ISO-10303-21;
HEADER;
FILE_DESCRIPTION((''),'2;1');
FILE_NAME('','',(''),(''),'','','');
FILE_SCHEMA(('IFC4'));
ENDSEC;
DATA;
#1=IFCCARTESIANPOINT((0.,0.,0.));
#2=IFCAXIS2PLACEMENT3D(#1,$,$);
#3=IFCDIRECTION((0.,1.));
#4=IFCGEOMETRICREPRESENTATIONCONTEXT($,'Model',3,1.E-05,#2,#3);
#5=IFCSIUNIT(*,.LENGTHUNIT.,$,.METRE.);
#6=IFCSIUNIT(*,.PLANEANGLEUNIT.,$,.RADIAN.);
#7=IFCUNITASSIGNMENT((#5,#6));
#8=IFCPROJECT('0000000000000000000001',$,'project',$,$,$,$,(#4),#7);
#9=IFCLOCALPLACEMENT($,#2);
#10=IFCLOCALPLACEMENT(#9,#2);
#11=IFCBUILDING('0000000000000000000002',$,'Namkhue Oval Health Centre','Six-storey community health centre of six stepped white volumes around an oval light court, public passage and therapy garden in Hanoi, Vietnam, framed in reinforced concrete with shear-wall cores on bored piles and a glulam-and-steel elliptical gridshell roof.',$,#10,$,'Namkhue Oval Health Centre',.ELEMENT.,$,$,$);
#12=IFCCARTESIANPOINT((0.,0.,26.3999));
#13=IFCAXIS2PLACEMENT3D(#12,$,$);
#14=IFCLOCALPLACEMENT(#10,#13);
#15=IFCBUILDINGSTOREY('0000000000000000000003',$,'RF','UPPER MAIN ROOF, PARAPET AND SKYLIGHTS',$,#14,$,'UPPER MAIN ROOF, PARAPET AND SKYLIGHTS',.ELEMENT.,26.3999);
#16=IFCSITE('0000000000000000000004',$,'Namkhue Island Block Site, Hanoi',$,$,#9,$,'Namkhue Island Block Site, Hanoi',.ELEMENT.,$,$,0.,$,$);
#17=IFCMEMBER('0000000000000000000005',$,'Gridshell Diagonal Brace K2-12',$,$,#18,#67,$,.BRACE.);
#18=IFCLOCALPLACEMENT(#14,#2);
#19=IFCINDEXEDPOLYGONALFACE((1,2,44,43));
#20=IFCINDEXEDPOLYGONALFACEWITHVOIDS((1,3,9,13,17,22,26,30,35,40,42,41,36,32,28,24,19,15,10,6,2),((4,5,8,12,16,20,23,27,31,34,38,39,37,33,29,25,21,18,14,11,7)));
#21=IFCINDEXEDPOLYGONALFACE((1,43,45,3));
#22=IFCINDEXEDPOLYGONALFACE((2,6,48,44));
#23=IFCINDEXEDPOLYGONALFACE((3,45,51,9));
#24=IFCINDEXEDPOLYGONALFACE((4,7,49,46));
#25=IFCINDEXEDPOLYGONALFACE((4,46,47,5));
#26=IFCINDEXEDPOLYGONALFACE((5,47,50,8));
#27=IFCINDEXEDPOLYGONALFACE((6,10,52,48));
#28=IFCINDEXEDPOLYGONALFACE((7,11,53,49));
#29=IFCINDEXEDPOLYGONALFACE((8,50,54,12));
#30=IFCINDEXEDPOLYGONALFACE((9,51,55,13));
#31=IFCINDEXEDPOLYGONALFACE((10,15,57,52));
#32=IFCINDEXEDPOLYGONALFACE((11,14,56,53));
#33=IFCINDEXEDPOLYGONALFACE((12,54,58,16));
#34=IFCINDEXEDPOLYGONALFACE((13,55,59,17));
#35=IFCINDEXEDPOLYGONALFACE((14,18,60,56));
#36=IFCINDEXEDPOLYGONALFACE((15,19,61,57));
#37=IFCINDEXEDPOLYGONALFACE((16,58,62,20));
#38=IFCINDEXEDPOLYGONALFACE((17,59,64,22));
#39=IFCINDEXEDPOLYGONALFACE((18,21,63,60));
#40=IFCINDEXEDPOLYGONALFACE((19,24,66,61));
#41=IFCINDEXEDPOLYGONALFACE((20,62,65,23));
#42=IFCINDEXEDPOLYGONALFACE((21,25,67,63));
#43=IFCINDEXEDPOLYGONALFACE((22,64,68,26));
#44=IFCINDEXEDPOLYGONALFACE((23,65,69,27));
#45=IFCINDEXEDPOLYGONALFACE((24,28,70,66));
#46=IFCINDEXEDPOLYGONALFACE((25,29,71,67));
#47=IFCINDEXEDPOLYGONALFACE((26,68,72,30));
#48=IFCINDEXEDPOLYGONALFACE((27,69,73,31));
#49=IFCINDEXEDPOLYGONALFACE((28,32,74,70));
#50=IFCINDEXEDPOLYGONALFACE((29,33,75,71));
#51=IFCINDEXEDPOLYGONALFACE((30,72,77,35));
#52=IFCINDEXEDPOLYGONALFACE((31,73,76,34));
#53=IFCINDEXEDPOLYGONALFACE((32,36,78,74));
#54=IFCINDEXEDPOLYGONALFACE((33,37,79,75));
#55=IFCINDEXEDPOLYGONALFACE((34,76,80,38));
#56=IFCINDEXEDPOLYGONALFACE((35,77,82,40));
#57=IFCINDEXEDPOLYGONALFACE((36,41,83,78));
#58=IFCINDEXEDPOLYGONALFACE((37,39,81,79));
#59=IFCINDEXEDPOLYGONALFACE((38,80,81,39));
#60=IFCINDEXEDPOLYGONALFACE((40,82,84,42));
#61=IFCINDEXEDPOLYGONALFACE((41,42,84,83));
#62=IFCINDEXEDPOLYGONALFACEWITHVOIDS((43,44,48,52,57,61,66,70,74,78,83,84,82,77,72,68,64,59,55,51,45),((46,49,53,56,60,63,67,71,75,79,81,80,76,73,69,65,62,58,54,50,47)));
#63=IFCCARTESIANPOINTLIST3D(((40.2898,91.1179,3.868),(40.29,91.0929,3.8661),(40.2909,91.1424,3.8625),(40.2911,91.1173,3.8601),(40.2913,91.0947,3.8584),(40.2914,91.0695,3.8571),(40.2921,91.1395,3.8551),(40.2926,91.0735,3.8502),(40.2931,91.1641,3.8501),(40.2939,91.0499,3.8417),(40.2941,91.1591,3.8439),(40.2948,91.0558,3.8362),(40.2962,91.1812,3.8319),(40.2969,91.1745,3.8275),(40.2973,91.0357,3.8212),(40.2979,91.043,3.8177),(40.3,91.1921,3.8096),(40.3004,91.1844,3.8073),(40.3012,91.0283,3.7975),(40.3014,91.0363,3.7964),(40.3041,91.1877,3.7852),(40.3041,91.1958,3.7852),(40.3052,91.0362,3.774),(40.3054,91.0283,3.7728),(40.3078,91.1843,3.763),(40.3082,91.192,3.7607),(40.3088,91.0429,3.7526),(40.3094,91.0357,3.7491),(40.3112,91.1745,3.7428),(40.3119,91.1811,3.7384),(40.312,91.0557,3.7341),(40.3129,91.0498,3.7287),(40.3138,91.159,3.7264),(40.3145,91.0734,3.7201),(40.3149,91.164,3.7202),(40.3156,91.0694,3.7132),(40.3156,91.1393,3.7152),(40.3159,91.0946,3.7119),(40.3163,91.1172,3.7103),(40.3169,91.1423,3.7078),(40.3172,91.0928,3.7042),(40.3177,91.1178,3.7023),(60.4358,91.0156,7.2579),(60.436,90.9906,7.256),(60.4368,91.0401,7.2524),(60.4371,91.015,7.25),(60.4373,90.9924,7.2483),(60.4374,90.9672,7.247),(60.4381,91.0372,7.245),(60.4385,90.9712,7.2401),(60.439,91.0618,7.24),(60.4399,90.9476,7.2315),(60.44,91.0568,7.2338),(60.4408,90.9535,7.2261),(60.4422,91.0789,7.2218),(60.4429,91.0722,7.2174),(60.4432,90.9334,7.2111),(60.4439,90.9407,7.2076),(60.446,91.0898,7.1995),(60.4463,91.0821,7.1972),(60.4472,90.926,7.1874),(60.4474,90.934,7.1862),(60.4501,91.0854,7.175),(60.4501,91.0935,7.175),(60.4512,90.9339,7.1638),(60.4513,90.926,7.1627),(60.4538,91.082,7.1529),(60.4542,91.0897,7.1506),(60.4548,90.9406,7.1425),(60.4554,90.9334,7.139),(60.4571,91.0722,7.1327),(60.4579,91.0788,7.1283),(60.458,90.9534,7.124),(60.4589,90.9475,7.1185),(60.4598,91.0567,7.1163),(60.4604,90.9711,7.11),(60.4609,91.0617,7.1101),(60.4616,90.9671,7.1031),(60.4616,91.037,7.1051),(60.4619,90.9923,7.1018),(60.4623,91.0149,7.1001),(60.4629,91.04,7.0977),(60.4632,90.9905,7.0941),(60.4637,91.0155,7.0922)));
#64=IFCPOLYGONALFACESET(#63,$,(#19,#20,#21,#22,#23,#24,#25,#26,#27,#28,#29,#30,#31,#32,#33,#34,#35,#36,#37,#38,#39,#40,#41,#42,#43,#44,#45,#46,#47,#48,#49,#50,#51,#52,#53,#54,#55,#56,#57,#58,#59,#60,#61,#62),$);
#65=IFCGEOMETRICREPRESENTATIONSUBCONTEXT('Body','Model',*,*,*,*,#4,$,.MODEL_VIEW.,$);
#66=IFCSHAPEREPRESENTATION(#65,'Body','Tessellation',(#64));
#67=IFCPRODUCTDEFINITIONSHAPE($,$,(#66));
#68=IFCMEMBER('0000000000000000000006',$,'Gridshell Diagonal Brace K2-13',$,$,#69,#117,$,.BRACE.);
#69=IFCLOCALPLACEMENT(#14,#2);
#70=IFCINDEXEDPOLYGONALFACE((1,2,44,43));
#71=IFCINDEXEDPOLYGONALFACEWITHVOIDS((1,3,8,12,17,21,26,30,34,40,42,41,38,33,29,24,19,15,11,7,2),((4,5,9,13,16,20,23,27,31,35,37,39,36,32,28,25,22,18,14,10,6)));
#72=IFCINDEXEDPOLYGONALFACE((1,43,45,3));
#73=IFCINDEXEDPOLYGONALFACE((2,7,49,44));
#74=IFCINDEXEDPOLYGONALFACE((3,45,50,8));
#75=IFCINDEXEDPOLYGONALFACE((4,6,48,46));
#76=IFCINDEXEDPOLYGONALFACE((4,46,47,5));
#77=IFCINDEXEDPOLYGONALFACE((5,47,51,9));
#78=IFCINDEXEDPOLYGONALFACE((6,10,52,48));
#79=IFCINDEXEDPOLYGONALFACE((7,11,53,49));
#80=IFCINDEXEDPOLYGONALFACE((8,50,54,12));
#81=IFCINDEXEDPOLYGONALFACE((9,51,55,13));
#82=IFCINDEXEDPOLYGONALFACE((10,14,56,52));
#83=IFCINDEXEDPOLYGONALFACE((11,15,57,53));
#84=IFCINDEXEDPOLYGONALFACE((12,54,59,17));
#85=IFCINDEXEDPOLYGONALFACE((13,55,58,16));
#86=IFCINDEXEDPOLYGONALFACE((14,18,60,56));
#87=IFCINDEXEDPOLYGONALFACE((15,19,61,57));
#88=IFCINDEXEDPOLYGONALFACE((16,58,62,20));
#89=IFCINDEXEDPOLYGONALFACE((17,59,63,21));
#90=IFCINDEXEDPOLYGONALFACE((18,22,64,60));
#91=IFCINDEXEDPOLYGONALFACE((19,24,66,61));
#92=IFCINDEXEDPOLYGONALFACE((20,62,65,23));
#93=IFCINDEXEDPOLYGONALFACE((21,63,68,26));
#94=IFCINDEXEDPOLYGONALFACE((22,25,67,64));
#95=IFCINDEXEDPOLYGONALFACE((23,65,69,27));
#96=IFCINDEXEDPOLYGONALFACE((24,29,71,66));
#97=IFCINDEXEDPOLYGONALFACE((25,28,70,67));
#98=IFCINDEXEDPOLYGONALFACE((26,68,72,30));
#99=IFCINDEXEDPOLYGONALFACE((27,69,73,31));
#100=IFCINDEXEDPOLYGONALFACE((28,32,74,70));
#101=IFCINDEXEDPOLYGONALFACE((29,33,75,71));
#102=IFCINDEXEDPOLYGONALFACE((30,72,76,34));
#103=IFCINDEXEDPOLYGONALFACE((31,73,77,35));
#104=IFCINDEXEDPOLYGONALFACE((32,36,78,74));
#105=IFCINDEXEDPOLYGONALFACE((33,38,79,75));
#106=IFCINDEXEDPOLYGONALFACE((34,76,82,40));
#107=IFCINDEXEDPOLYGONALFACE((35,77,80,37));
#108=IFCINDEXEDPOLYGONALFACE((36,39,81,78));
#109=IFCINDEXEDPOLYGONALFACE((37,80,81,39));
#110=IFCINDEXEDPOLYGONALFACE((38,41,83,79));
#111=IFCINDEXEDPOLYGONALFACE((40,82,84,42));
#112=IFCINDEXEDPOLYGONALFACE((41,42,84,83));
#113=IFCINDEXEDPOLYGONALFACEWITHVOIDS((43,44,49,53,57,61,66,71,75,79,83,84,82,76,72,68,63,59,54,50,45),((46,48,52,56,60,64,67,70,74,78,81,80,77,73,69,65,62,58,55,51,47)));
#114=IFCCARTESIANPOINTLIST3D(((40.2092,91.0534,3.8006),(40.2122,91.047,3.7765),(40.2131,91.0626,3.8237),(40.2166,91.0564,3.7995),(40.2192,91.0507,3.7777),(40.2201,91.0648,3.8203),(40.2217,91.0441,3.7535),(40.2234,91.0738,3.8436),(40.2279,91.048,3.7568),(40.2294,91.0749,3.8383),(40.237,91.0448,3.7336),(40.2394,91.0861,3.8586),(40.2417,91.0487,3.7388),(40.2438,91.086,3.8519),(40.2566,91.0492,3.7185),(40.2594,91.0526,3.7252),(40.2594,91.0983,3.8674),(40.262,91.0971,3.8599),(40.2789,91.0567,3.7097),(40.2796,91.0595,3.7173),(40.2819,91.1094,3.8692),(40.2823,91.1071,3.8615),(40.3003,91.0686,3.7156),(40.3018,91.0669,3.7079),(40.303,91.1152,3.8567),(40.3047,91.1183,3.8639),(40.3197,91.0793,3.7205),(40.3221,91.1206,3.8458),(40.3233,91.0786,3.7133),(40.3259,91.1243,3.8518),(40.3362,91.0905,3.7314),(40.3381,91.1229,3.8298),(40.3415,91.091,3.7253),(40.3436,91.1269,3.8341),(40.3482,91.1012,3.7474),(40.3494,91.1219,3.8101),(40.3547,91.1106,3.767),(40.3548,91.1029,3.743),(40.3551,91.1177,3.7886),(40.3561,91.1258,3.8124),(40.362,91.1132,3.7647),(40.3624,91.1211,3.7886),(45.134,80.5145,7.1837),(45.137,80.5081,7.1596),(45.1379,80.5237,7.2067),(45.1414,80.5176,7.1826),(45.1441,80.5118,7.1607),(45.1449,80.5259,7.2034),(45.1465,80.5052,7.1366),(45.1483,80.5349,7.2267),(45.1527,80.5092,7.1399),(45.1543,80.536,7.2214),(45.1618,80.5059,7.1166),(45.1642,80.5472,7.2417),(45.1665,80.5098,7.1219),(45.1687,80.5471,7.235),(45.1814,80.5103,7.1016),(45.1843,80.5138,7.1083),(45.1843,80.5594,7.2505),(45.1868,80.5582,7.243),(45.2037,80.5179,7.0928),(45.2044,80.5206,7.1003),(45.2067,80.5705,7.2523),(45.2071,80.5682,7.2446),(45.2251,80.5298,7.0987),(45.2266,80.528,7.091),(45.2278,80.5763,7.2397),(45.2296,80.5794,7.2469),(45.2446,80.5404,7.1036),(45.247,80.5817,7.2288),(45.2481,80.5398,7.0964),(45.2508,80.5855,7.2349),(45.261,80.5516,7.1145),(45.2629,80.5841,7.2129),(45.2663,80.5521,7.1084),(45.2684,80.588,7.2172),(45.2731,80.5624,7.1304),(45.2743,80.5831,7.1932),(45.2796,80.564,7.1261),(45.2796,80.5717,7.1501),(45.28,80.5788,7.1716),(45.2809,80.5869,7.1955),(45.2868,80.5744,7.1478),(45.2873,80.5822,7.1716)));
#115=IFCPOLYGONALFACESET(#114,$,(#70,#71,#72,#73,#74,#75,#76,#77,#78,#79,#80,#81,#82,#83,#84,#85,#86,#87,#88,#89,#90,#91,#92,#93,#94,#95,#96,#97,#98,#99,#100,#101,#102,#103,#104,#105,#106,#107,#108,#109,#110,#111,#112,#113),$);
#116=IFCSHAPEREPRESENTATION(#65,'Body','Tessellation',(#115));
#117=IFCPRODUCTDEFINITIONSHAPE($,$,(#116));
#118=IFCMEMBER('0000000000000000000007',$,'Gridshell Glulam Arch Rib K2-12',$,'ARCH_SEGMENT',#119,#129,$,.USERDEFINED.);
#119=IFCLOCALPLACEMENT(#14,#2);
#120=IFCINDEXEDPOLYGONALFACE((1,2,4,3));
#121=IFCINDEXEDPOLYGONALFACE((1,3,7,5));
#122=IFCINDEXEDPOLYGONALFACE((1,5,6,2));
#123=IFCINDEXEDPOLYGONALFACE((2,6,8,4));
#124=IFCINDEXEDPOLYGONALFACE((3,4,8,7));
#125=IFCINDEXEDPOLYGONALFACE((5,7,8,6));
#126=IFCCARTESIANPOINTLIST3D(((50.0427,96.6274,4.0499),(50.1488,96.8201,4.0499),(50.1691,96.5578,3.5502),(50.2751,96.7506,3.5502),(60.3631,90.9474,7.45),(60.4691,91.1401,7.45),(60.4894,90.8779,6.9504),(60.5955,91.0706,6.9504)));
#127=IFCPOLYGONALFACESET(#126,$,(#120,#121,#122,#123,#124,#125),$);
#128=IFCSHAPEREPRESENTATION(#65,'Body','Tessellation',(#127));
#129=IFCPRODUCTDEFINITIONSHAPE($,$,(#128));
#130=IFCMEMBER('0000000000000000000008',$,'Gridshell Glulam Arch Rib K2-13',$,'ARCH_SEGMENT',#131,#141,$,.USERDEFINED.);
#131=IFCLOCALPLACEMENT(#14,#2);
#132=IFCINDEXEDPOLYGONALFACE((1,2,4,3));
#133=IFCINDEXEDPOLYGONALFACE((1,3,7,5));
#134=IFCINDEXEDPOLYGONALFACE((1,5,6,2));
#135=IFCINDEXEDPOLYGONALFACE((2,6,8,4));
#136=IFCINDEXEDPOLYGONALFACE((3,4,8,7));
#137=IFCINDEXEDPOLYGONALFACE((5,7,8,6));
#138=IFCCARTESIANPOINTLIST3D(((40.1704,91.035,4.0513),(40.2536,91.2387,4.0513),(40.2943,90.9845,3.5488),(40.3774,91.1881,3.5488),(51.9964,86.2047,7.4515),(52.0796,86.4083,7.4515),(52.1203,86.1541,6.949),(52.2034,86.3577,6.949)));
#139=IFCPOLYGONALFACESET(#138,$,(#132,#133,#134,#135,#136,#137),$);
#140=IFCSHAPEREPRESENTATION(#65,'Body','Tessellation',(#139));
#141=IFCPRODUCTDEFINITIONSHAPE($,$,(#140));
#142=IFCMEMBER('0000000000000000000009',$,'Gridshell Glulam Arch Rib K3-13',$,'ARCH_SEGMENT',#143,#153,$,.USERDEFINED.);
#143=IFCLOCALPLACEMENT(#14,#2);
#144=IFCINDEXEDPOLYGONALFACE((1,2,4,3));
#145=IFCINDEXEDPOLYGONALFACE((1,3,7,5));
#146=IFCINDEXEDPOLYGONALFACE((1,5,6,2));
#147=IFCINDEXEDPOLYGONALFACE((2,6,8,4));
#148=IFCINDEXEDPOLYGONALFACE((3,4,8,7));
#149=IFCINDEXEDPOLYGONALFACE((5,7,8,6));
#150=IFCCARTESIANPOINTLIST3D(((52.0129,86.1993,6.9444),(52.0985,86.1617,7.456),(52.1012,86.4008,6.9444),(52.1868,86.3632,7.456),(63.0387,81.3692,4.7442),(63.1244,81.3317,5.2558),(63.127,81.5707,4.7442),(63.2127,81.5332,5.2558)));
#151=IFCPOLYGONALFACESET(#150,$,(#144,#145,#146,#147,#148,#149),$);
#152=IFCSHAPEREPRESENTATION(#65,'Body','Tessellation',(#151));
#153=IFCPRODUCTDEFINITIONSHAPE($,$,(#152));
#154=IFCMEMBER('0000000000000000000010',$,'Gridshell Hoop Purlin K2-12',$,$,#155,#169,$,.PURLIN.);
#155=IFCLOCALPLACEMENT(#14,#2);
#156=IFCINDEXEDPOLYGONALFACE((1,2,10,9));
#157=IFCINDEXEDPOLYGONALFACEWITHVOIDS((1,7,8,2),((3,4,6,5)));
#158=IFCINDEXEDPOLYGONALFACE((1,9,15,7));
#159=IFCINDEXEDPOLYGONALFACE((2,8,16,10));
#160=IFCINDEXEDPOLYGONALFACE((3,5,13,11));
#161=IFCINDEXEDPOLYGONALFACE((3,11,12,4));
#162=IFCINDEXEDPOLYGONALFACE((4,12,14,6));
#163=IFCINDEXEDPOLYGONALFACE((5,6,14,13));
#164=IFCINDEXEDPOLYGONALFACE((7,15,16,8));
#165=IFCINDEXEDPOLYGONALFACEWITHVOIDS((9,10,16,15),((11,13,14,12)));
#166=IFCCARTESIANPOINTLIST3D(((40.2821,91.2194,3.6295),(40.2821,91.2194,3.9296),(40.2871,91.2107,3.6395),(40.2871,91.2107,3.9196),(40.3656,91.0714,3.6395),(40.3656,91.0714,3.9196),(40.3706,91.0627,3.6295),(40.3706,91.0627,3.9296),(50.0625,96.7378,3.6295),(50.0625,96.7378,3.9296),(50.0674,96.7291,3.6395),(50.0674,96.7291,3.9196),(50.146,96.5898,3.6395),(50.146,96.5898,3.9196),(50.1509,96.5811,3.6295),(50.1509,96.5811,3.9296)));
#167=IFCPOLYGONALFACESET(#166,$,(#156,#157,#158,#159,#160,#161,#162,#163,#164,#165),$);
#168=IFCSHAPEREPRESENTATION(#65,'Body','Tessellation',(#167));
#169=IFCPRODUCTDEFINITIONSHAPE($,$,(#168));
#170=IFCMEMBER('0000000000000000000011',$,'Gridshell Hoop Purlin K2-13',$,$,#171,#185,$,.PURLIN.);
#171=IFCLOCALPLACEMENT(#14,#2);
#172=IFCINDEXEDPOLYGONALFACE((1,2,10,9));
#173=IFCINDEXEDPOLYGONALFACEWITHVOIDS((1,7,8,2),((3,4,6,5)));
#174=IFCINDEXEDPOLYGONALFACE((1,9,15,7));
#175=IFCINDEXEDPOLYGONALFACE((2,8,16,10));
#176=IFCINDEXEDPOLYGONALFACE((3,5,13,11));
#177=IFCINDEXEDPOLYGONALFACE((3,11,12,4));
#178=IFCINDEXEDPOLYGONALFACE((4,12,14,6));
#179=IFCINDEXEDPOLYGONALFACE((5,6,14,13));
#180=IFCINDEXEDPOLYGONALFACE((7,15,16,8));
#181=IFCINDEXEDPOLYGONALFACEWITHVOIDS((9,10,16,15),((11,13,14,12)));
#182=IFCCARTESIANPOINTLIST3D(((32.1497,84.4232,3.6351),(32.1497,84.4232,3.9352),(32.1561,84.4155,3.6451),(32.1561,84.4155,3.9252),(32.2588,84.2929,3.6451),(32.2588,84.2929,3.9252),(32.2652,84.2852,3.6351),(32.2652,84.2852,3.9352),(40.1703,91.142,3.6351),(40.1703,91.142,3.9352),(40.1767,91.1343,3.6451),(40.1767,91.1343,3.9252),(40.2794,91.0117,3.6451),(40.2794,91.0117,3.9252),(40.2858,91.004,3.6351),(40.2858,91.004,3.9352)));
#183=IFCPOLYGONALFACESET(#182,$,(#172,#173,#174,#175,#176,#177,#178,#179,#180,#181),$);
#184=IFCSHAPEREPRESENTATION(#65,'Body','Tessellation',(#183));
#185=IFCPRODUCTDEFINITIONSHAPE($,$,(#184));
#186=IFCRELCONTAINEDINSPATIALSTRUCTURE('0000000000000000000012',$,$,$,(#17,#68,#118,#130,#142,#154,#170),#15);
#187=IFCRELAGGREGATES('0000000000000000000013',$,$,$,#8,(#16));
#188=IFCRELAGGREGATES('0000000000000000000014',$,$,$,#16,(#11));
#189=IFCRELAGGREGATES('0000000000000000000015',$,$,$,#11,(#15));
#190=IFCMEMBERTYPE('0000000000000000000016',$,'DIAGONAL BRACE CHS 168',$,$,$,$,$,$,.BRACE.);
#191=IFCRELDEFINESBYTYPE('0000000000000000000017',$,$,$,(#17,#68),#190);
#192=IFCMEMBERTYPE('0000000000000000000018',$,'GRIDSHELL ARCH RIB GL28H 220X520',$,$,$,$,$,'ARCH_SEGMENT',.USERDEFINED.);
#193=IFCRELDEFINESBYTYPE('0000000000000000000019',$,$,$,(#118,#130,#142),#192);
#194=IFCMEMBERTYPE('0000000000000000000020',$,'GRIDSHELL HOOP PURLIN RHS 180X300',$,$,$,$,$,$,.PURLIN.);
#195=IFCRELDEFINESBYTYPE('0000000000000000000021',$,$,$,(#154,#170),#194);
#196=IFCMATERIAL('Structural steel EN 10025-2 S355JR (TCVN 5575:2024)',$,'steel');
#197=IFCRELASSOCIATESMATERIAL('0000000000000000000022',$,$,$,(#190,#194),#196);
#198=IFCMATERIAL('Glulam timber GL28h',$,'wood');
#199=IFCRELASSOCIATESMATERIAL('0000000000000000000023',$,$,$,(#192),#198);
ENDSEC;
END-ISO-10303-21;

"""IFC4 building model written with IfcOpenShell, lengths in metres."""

from ifc_helpers import new_model, si_unit, direction, frame, origin, origin_2d, place, context, subcontext, project, spatial, rectangle, hollow_rectangle, hollow_circle, extrude, material, material_profile, profile_set, type_object, element, save


model = new_model("IFC4")

# Units and contexts
model_context = context("Model", 3, precision=1e-05, world=origin(), true_north=direction((0.0, 1.0)))
body_context = subcontext(model_context, "Body", "Model", "MODEL_VIEW")
ifc_project = project(units=[si_unit("LENGTHUNIT", "METRE"), si_unit("PLANEANGLEUNIT", "RADIAN")], contexts=[model_context])

# Site, building, storey
site_placement = place(None, origin())
site = spatial("IfcSite", under=ifc_project, at=site_placement, Name="Namkhue Island Block Site, Hanoi", LongName="Namkhue Island Block Site, Hanoi", CompositionType="ELEMENT", RefElevation=0.0)
building_placement = place(site_placement, origin())
building = spatial("IfcBuilding", under=site, at=building_placement, Name="Namkhue Oval Health Centre", Description="Six-storey community health centre of six stepped white volumes around an oval light court, public passage and therapy garden in Hanoi, Vietnam, framed in reinforced concrete with shear-wall cores on bored piles and a glulam-and-steel elliptical gridshell roof.", LongName="Namkhue Oval Health Centre", CompositionType="ELEMENT")
storey_placement = place(building_placement, frame((0.0, 0.0, 26.3999)))
storey = spatial("IfcBuildingStorey", under=building, at=storey_placement, Name="RF", Description="UPPER MAIN ROOF, PARAPET AND SKYLIGHTS", LongName="UPPER MAIN ROOF, PARAPET AND SKYLIGHTS", CompositionType="ELEMENT", Elevation=26.3999)

# Members
ifc_material_1 = material(Name="Structural steel EN 10025-2 S355JR (TCVN 5575:2024)", Category="steel")
ifc_material_profile_1 = material_profile(ifc_material_1, hollow_circle(Radius=0.0842, WallThickness=0.0081, at=origin_2d()), Name="CHS 168.3x8")
ifc_profile_set_1 = profile_set([ifc_material_profile_1], Name="Structural steel EN 10025-2 S355JR (TCVN 5575:2024)")
member_type_1 = type_object("IfcMemberType", Name="DIAGONAL BRACE CHS 168", PredefinedType="BRACE", material=ifc_profile_set_1)
member_1_placement = place(storey_placement, frame((40.3037, 91.1116, 3.7852), z_axis=(0.986125, -0.005007, 0.165932), x_axis=(0.005078, 0.999987, 0.0)))
element("IfcMember", 1, at=member_1_placement, inside=storey, type_object=member_type_1, Name="Gridshell Diagonal Brace K2-12", PredefinedType="BRACE", context=body_context, shape_type="SweptSolid", body=[
    extrude(hollow_circle(Radius=0.0842, WallThickness=0.0081, at=origin_2d()), origin(), (0.0, 0.0, 1.0), 20.4294),
])
member_2_placement = place(storey_placement, frame((40.2861, 91.0854, 3.7886), z_axis=(0.406515, -0.869921, 0.279253), x_axis=(0.905963, 0.423358, 0.0)))
element("IfcMember", 2, at=member_2_placement, inside=storey, type_object=member_type_1, Name="Gridshell Diagonal Brace K2-13", PredefinedType="BRACE", context=body_context, shape_type="SweptSolid", body=[
    extrude(hollow_circle(Radius=0.0842, WallThickness=0.0081, at=origin_2d()), origin(), (0.0, 0.0, 1.0), 12.1147),
])
ifc_material_2 = material(Name="Glulam timber GL28h", Category="wood")
ifc_material_profile_2 = material_profile(ifc_material_2, rectangle(XDim=0.22, YDim=0.52, at=origin_2d()), Name="GL28h 220x520")
ifc_profile_set_2 = profile_set([ifc_material_profile_2], Name="Glulam timber GL28h")
member_type_2 = type_object("IfcMemberType", Name="GRIDSHELL ARCH RIB GL28H 220X520", ElementType="ARCH_SEGMENT", PredefinedType="USERDEFINED", material=ifc_profile_set_2)
member_3_placement = place(storey_placement, frame((50.1589, 96.689, 3.8), z_axis=(0.84172, -0.463253, 0.277315), x_axis=(0.482164, 0.876081, 0.0)))
element("IfcMember", 3, at=member_3_placement, inside=storey, type_object=member_type_2, Name="Gridshell Glulam Arch Rib K2-12", ObjectType="ARCH_SEGMENT", PredefinedType="USERDEFINED", context=body_context, shape_type="SweptSolid", body=[
    extrude(rectangle(XDim=0.22, YDim=0.52, at=origin_2d()), origin(), (0.0, 0.0, 1.0), 12.261),
])
member_4_placement = place(storey_placement, frame((40.2739, 91.1116, 3.8), z_axis=(0.894607, -0.365404, 0.257214), x_axis=(0.378126, 0.925754, 0.0)))
element("IfcMember", 4, at=member_4_placement, inside=storey, type_object=member_type_2, Name="Gridshell Glulam Arch Rib K2-13", ObjectType="ARCH_SEGMENT", PredefinedType="USERDEFINED", context=body_context, shape_type="SweptSolid", body=[
    extrude(rectangle(XDim=0.22, YDim=0.52, at=origin_2d()), origin(), (0.0, 0.0, 1.0), 13.2192),
])
member_5_placement = place(storey_placement, frame((52.0999, 86.2812, 7.2002), z_axis=(0.901039, -0.394716, -0.179801), x_axis=(0.401255, 0.915966, 0.0)))
element("IfcMember", 5, at=member_5_placement, inside=storey, type_object=member_type_2, Name="Gridshell Glulam Arch Rib K3-13", ObjectType="ARCH_SEGMENT", PredefinedType="USERDEFINED", context=body_context, shape_type="SweptSolid", body=[
    extrude(rectangle(XDim=0.22, YDim=0.52, at=origin_2d()), origin(), (0.0, 0.0, 1.0), 12.2368),
])
ifc_material_profile_3 = material_profile(ifc_material_1, hollow_rectangle(XDim=0.1799, YDim=0.3, WallThickness=0.01, at=origin_2d()), Name="RHS 180x300x10")
ifc_profile_set_3 = profile_set([ifc_material_profile_3], Name="Structural steel EN 10025-2 S355JR (TCVN 5575:2024)")
member_type_3 = type_object("IfcMemberType", Name="GRIDSHELL HOOP PURLIN RHS 180X300", PredefinedType="PURLIN", material=ifc_profile_set_3)
member_6_placement = place(storey_placement, frame((50.1067, 96.6594, 3.7795), z_axis=(-0.870931, -0.491404, 0.0), x_axis=(0.491404, -0.870931, 0.0)))
element("IfcMember", 6, at=member_6_placement, inside=storey, type_object=member_type_3, Name="Gridshell Hoop Purlin K2-12", PredefinedType="PURLIN", context=body_context, shape_type="SweptSolid", body=[
    extrude(hollow_rectangle(XDim=0.1799, YDim=0.3, WallThickness=0.01, at=origin_2d()), origin(), (0.0, 0.0, 1.0), 11.2297),
])
member_7_placement = place(storey_placement, frame((40.228, 91.073, 3.7852), z_axis=(-0.766574, -0.642156, 0.0), x_axis=(0.642156, -0.766574, 0.0)))
element("IfcMember", 7, at=member_7_placement, inside=storey, type_object=member_type_3, Name="Gridshell Hoop Purlin K2-13", PredefinedType="PURLIN", context=body_context, shape_type="SweptSolid", body=[
    extrude(hollow_rectangle(XDim=0.1799, YDim=0.3, WallThickness=0.01, at=origin_2d()), origin(), (0.0, 0.0, 1.0), 10.4629),
])

save(model, "model.ifc")
